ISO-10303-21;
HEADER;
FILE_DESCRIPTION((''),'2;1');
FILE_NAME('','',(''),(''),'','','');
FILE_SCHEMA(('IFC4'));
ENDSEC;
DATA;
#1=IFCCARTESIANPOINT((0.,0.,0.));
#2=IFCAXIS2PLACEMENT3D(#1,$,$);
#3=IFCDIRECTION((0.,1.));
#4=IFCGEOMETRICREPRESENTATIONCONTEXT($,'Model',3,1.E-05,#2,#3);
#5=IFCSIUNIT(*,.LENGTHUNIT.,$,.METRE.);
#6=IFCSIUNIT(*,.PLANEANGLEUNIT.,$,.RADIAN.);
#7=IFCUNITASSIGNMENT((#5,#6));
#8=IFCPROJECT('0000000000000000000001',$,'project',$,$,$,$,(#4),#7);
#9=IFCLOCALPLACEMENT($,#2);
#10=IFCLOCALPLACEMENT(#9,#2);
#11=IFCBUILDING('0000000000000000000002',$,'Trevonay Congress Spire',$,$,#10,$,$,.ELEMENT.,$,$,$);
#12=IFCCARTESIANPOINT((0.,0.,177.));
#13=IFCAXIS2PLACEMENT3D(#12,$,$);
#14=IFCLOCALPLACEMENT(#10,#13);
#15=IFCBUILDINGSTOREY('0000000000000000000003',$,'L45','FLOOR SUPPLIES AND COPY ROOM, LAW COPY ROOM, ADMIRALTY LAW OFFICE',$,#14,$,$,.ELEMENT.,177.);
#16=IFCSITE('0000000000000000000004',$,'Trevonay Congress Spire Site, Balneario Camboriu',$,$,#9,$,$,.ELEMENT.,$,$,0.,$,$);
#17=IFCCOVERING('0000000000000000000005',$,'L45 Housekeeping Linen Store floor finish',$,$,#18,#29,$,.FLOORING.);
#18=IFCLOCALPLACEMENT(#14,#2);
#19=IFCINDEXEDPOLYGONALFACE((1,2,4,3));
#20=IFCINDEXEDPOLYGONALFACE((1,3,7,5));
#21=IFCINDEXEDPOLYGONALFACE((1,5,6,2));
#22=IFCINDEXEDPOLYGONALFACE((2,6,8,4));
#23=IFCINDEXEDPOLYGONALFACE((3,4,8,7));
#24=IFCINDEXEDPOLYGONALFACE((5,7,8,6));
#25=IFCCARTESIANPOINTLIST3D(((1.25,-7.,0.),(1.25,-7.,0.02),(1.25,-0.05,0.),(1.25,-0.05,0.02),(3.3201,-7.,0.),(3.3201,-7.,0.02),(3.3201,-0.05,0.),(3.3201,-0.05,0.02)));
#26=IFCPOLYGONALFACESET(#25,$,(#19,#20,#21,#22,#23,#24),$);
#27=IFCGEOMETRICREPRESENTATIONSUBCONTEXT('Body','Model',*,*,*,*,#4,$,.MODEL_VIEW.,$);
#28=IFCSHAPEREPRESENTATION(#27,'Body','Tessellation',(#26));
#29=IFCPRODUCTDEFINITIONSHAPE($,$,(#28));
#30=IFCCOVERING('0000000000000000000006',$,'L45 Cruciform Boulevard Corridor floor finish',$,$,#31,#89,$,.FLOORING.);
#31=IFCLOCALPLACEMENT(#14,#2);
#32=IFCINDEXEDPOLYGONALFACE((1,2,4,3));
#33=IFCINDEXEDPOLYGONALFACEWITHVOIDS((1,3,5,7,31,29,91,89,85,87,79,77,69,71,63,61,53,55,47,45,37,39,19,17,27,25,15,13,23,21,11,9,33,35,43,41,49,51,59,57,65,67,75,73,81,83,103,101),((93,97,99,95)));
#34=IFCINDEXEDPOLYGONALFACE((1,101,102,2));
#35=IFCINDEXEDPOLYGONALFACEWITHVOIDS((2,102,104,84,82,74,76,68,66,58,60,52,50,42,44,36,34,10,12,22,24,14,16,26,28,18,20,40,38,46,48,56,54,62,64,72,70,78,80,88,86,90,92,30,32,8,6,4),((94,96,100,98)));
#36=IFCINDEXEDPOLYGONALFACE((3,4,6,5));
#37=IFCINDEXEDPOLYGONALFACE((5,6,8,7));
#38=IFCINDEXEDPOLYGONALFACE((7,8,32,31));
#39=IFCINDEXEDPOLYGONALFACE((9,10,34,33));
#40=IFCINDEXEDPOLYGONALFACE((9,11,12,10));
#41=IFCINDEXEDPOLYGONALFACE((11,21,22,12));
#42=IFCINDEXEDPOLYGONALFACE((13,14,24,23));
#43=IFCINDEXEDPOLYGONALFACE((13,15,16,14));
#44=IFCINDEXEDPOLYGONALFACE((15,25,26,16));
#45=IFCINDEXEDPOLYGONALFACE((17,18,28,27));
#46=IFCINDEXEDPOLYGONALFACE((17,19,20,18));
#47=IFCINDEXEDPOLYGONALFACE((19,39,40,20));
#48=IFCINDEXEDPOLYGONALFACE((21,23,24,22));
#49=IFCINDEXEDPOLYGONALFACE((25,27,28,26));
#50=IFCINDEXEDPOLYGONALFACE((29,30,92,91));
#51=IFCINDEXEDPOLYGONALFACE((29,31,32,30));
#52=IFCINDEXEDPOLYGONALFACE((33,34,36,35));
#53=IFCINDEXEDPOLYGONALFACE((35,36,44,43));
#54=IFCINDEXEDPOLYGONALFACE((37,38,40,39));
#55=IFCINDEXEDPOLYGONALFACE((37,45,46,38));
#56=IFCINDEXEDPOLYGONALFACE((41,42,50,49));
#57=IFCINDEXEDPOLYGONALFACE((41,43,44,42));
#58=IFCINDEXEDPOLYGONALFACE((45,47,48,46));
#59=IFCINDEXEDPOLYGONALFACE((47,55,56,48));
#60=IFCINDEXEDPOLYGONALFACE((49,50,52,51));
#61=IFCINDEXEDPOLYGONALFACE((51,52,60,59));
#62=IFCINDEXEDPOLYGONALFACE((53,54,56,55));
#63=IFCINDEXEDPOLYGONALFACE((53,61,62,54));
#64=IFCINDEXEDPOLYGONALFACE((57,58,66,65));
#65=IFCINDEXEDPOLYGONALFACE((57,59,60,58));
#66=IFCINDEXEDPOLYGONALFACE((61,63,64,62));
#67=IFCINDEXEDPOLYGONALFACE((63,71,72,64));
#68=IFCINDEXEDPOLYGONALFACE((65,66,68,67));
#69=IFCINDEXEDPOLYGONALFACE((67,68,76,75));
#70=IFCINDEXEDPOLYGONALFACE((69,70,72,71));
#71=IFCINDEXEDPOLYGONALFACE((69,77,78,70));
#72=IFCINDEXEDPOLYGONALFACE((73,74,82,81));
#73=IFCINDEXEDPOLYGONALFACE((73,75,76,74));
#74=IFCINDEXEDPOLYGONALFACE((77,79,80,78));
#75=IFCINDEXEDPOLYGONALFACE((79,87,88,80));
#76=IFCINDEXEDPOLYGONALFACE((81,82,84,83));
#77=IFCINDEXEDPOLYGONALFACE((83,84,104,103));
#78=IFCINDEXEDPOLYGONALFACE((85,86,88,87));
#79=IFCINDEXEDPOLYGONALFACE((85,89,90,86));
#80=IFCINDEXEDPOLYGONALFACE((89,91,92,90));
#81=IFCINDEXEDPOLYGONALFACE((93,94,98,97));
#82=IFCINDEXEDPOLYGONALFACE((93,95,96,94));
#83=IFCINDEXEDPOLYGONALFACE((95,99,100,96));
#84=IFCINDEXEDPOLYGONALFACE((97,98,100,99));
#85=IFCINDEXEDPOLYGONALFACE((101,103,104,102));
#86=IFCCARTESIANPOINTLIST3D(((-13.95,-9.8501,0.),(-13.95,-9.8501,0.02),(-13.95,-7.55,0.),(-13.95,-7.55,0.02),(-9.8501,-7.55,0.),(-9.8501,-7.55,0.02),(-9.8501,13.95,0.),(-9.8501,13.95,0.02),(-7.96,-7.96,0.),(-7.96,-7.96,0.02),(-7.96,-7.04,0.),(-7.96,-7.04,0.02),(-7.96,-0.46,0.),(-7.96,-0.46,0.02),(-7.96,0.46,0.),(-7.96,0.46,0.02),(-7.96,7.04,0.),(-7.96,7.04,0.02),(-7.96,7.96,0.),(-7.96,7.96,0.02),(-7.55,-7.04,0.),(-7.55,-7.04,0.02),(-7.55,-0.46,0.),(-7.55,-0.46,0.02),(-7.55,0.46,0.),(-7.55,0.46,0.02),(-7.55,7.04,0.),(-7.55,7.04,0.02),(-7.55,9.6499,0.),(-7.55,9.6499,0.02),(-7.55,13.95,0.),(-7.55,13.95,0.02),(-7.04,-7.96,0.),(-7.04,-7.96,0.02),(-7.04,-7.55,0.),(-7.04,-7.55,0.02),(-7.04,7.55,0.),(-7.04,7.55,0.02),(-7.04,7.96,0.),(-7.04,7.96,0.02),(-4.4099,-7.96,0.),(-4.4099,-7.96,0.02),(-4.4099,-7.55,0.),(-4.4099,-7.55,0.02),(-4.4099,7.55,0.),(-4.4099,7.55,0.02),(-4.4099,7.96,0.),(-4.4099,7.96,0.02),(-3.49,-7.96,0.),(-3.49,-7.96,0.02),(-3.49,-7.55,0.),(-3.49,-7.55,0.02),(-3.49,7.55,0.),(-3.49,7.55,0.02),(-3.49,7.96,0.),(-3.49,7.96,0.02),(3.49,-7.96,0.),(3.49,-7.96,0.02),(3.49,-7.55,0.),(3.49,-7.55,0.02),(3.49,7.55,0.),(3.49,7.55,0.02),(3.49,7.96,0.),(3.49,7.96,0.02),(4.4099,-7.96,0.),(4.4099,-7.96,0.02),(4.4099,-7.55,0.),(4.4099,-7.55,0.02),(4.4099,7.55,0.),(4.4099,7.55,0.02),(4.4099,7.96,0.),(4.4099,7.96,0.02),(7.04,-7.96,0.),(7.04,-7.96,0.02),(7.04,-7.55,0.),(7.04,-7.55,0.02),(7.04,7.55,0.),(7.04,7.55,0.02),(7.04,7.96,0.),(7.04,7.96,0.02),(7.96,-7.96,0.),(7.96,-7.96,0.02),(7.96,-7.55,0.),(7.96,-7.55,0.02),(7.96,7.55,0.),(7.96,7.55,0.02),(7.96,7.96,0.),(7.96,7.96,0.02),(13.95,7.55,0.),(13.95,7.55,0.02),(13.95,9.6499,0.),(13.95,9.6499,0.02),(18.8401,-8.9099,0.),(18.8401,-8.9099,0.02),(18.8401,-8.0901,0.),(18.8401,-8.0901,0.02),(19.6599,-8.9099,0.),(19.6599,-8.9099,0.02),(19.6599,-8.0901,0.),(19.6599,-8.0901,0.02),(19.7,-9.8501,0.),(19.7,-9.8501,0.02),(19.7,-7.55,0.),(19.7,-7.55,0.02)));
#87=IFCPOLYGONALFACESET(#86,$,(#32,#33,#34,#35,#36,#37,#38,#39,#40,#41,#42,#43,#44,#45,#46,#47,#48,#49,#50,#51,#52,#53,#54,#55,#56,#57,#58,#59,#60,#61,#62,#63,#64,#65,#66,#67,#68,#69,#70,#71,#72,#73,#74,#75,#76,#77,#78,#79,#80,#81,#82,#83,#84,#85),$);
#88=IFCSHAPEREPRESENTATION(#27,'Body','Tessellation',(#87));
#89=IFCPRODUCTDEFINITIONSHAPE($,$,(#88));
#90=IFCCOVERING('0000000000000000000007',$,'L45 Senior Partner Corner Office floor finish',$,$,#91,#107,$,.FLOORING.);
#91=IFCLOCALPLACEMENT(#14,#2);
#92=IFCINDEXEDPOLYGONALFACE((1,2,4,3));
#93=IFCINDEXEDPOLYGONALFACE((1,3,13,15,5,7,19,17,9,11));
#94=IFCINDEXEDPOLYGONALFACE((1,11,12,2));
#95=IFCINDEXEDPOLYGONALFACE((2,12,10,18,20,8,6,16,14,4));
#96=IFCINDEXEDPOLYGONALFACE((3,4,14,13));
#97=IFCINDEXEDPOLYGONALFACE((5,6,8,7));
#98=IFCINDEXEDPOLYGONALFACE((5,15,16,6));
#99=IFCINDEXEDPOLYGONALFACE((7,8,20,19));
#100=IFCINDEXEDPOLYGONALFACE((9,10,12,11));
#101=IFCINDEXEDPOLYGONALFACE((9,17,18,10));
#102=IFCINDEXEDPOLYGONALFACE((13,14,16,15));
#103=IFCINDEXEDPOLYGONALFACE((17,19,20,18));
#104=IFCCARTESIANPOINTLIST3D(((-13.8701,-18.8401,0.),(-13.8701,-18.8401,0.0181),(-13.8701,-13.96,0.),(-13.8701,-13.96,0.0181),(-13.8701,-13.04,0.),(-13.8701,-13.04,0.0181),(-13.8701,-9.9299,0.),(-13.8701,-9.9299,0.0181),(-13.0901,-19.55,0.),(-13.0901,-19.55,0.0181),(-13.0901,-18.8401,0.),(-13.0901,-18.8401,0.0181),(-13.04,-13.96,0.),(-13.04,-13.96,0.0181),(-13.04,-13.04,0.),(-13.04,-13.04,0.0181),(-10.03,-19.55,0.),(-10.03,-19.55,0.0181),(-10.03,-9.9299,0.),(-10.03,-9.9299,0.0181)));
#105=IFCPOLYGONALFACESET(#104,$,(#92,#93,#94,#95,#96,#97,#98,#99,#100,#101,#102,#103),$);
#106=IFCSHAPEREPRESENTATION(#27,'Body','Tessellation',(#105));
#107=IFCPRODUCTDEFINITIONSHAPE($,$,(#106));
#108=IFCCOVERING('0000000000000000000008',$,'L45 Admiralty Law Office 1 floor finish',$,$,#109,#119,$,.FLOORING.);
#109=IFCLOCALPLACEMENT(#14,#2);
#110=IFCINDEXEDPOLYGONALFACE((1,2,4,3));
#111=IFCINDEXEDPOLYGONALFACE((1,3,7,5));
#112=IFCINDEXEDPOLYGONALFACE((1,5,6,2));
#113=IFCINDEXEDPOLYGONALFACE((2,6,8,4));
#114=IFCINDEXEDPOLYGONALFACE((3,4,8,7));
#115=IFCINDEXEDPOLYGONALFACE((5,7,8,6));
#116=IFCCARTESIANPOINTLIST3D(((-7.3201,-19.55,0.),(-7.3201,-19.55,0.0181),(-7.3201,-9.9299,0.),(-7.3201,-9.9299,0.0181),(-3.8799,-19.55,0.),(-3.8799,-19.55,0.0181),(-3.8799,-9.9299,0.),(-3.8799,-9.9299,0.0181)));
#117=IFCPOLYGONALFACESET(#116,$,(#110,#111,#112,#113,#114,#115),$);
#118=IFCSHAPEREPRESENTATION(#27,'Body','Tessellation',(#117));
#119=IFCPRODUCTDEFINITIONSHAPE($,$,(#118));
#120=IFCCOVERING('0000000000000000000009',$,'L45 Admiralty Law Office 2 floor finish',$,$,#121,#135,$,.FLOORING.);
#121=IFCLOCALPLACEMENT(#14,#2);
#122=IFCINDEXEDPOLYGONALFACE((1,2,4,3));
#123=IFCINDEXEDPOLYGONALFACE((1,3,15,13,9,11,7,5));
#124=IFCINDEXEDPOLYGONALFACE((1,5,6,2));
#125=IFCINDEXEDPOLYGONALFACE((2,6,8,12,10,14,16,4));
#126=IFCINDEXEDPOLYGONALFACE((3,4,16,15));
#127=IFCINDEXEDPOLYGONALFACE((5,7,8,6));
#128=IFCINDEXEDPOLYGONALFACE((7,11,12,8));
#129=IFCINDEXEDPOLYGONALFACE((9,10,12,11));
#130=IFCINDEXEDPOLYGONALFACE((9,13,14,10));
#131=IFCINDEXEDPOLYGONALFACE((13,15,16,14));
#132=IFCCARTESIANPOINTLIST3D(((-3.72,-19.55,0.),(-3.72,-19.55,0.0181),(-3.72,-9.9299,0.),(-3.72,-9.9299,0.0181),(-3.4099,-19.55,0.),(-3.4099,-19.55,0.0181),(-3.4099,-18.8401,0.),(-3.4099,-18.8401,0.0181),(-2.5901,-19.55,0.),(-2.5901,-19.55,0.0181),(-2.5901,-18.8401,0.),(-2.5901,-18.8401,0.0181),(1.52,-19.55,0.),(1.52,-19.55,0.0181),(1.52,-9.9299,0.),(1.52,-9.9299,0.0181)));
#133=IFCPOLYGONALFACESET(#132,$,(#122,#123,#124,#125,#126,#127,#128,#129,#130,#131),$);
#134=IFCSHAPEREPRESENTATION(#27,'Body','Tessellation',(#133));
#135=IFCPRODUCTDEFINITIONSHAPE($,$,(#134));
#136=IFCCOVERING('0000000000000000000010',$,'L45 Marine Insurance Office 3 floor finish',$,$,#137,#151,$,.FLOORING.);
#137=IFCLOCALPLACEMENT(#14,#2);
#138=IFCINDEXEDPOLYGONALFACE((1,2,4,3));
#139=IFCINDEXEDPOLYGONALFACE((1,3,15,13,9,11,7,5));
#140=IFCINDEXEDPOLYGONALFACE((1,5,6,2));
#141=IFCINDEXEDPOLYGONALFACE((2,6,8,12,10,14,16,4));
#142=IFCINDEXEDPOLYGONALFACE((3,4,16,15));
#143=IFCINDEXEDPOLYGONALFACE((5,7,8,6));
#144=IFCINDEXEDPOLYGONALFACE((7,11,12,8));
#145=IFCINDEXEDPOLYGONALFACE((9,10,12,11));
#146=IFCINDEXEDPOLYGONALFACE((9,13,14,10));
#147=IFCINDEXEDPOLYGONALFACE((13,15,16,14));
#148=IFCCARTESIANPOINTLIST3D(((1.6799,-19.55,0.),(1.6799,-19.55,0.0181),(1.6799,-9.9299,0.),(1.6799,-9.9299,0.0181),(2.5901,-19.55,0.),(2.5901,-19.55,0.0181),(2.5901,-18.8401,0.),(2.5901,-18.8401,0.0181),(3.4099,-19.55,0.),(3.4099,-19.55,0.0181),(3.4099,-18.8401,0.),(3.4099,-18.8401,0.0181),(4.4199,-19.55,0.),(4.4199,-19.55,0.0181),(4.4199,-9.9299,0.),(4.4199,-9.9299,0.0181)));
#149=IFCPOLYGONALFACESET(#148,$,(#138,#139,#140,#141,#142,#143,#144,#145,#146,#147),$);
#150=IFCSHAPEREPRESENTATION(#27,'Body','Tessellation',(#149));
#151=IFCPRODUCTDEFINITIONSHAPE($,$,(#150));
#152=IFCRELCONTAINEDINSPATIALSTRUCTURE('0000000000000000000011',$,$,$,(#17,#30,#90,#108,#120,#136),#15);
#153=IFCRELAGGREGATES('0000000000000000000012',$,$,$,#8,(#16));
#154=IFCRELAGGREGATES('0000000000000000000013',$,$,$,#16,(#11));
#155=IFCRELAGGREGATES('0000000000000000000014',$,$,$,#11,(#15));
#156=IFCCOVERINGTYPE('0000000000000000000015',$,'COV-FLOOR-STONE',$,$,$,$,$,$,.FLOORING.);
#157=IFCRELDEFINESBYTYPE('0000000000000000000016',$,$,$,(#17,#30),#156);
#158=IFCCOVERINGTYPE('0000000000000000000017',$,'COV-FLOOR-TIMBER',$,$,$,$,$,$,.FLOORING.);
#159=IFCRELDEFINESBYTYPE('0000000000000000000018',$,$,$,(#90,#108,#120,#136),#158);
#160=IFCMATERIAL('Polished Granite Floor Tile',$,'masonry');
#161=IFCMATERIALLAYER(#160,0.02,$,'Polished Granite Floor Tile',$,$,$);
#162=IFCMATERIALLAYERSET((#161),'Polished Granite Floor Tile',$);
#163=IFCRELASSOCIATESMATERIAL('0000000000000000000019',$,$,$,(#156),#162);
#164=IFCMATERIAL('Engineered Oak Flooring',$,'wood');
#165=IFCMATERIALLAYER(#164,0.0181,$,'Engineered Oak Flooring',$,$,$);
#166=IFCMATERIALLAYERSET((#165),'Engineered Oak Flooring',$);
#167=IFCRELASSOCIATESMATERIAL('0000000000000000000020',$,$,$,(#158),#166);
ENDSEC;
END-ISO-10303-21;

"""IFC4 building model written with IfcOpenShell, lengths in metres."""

from ifc_helpers import new_model, si_unit, direction, frame, origin, place, context, subcontext, project, spatial, polyline, outline, extrude, material, layer, layer_set, type_object, element, save


model = new_model("IFC4")

# Units and contexts
model_context = context("Model", 3, precision=1e-05, world=origin(), true_north=direction((0.0, 1.0)))
body_context = subcontext(model_context, "Body", "Model", "MODEL_VIEW")
ifc_project = project(units=[si_unit("LENGTHUNIT", "METRE"), si_unit("PLANEANGLEUNIT", "RADIAN")], contexts=[model_context])

# Site, building, storey
site_placement = place(None, origin())
site = spatial("IfcSite", under=ifc_project, at=site_placement, Name="Trevonay Congress Spire Site, Balneario Camboriu", CompositionType="ELEMENT", RefElevation=0.0)
building_placement = place(site_placement, origin())
building = spatial("IfcBuilding", under=site, at=building_placement, Name="Trevonay Congress Spire", CompositionType="ELEMENT")
storey_placement = place(building_placement, frame((0.0, 0.0, 177.0)))
storey = spatial("IfcBuildingStorey", under=building, at=storey_placement, Name="L45", Description="FLOOR SUPPLIES AND COPY ROOM, LAW COPY ROOM, ADMIRALTY LAW OFFICE", CompositionType="ELEMENT", Elevation=177.0)

# Coverings
ifc_material_1 = material(Name="Polished Granite Floor Tile", Category="masonry")
ifc_layer_1 = layer(ifc_material_1, 0.02, Name="Polished Granite Floor Tile")
ifc_layer_set_1 = layer_set([ifc_layer_1], Name="Polished Granite Floor Tile")
covering_type_1 = type_object("IfcCoveringType", Name="COV-FLOOR-STONE", PredefinedType="FLOORING", material=ifc_layer_set_1)
covering_1_placement = place(storey_placement, origin())
element("IfcCovering", 1, at=covering_1_placement, inside=storey, type_object=covering_type_1, Name="L45 Housekeeping Linen Store floor finish", PredefinedType="FLOORING", context=body_context, shape_type="SweptSolid", body=[
    extrude(outline(polyline([(1.25, -7.0), (3.3201, -7.0), (3.3201, -0.05), (1.25, -0.05), (1.25, -7.0)])), origin(), (0.0, 0.0, 1.0), 0.02),
])
covering_2_placement = place(storey_placement, origin())
element("IfcCovering", 2, at=covering_2_placement, inside=storey, type_object=covering_type_1, Name="L45 Cruciform Boulevard Corridor floor finish", PredefinedType="FLOORING", context=body_context, shape_type="SweptSolid", body=[
    extrude(outline(polyline([(19.7, -7.55), (19.7, -9.8501), (-13.95, -9.8501), (-13.95, -7.55), (-9.8501, -7.55), (-9.8501, 13.95), (-7.55, 13.95), (-7.55, 9.6499), (13.95, 9.6499), (13.95, 7.55), (7.96, 7.55), (7.96, 7.96), (7.04, 7.96), (7.04, 7.55), (4.4099, 7.55), (4.4099, 7.96), (3.49, 7.96), (3.49, 7.55), (-3.49, 7.55), (-3.49, 7.96), (-4.4099, 7.96), (-4.4099, 7.55), (-7.04, 7.55), (-7.04, 7.96), (-7.96, 7.96), (-7.96, 7.04), (-7.55, 7.04), (-7.55, 0.46), (-7.96, 0.46), (-7.96, -0.46), (-7.55, -0.46), (-7.55, -7.04), (-7.96, -7.04), (-7.96, -7.96), (-7.04, -7.96), (-7.04, -7.55), (-4.4099, -7.55), (-4.4099, -7.96), (-3.49, -7.96), (-3.49, -7.55), (3.49, -7.55), (3.49, -7.96), (4.4099, -7.96), (4.4099, -7.55), (7.04, -7.55), (7.04, -7.96), (7.96, -7.96), (7.96, -7.55), (19.7, -7.55)]), holes=[polyline([(19.6599, -8.0901), (18.8401, -8.0901), (18.8401, -8.9099), (19.6599, -8.9099), (19.6599, -8.0901)])]), origin(), (0.0, 0.0, 1.0), 0.02),
])
ifc_material_2 = material(Name="Engineered Oak Flooring", Category="wood")
ifc_layer_2 = layer(ifc_material_2, 0.0181, Name="Engineered Oak Flooring")
ifc_layer_set_2 = layer_set([ifc_layer_2], Name="Engineered Oak Flooring")
covering_type_2 = type_object("IfcCoveringType", Name="COV-FLOOR-TIMBER", PredefinedType="FLOORING", material=ifc_layer_set_2)
covering_3_placement = place(storey_placement, origin())
element("IfcCovering", 3, at=covering_3_placement, inside=storey, type_object=covering_type_2, Name="L45 Senior Partner Corner Office floor finish", PredefinedType="FLOORING", context=body_context, shape_type="SweptSolid", body=[
    extrude(outline(polyline([(-13.8701, -9.9299), (-10.03, -9.9299), (-10.03, -19.55), (-13.0901, -19.55), (-13.0901, -18.8401), (-13.8701, -18.8401), (-13.8701, -13.96), (-13.04, -13.96), (-13.04, -13.04), (-13.8701, -13.04), (-13.8701, -9.9299)])), origin(), (0.0, 0.0, 1.0), 0.0181),
])
covering_4_placement = place(storey_placement, origin())
element("IfcCovering", 4, at=covering_4_placement, inside=storey, type_object=covering_type_2, Name="L45 Admiralty Law Office 1 floor finish", PredefinedType="FLOORING", context=body_context, shape_type="SweptSolid", body=[
    extrude(outline(polyline([(-7.3201, -19.55), (-3.8799, -19.55), (-3.8799, -9.9299), (-7.3201, -9.9299), (-7.3201, -19.55)])), origin(), (0.0, 0.0, 1.0), 0.0181),
])
covering_5_placement = place(storey_placement, origin())
element("IfcCovering", 5, at=covering_5_placement, inside=storey, type_object=covering_type_2, Name="L45 Admiralty Law Office 2 floor finish", PredefinedType="FLOORING", context=body_context, shape_type="SweptSolid", body=[
    extrude(outline(polyline([(-3.72, -19.55), (-3.72, -9.9299), (1.52, -9.9299), (1.52, -19.55), (-2.5901, -19.55), (-2.5901, -18.8401), (-3.4099, -18.8401), (-3.4099, -19.55), (-3.72, -19.55)])), origin(), (0.0, 0.0, 1.0), 0.0181),
])
covering_6_placement = place(storey_placement, origin())
element("IfcCovering", 6, at=covering_6_placement, inside=storey, type_object=covering_type_2, Name="L45 Marine Insurance Office 3 floor finish", PredefinedType="FLOORING", context=body_context, shape_type="SweptSolid", body=[
    extrude(outline(polyline([(1.6799, -19.55), (1.6799, -9.9299), (4.4199, -9.9299), (4.4199, -19.55), (3.4099, -19.55), (3.4099, -18.8401), (2.5901, -18.8401), (2.5901, -19.55), (1.6799, -19.55)])), origin(), (0.0, 0.0, 1.0), 0.0181),
])

save(model, "model.ifc")
